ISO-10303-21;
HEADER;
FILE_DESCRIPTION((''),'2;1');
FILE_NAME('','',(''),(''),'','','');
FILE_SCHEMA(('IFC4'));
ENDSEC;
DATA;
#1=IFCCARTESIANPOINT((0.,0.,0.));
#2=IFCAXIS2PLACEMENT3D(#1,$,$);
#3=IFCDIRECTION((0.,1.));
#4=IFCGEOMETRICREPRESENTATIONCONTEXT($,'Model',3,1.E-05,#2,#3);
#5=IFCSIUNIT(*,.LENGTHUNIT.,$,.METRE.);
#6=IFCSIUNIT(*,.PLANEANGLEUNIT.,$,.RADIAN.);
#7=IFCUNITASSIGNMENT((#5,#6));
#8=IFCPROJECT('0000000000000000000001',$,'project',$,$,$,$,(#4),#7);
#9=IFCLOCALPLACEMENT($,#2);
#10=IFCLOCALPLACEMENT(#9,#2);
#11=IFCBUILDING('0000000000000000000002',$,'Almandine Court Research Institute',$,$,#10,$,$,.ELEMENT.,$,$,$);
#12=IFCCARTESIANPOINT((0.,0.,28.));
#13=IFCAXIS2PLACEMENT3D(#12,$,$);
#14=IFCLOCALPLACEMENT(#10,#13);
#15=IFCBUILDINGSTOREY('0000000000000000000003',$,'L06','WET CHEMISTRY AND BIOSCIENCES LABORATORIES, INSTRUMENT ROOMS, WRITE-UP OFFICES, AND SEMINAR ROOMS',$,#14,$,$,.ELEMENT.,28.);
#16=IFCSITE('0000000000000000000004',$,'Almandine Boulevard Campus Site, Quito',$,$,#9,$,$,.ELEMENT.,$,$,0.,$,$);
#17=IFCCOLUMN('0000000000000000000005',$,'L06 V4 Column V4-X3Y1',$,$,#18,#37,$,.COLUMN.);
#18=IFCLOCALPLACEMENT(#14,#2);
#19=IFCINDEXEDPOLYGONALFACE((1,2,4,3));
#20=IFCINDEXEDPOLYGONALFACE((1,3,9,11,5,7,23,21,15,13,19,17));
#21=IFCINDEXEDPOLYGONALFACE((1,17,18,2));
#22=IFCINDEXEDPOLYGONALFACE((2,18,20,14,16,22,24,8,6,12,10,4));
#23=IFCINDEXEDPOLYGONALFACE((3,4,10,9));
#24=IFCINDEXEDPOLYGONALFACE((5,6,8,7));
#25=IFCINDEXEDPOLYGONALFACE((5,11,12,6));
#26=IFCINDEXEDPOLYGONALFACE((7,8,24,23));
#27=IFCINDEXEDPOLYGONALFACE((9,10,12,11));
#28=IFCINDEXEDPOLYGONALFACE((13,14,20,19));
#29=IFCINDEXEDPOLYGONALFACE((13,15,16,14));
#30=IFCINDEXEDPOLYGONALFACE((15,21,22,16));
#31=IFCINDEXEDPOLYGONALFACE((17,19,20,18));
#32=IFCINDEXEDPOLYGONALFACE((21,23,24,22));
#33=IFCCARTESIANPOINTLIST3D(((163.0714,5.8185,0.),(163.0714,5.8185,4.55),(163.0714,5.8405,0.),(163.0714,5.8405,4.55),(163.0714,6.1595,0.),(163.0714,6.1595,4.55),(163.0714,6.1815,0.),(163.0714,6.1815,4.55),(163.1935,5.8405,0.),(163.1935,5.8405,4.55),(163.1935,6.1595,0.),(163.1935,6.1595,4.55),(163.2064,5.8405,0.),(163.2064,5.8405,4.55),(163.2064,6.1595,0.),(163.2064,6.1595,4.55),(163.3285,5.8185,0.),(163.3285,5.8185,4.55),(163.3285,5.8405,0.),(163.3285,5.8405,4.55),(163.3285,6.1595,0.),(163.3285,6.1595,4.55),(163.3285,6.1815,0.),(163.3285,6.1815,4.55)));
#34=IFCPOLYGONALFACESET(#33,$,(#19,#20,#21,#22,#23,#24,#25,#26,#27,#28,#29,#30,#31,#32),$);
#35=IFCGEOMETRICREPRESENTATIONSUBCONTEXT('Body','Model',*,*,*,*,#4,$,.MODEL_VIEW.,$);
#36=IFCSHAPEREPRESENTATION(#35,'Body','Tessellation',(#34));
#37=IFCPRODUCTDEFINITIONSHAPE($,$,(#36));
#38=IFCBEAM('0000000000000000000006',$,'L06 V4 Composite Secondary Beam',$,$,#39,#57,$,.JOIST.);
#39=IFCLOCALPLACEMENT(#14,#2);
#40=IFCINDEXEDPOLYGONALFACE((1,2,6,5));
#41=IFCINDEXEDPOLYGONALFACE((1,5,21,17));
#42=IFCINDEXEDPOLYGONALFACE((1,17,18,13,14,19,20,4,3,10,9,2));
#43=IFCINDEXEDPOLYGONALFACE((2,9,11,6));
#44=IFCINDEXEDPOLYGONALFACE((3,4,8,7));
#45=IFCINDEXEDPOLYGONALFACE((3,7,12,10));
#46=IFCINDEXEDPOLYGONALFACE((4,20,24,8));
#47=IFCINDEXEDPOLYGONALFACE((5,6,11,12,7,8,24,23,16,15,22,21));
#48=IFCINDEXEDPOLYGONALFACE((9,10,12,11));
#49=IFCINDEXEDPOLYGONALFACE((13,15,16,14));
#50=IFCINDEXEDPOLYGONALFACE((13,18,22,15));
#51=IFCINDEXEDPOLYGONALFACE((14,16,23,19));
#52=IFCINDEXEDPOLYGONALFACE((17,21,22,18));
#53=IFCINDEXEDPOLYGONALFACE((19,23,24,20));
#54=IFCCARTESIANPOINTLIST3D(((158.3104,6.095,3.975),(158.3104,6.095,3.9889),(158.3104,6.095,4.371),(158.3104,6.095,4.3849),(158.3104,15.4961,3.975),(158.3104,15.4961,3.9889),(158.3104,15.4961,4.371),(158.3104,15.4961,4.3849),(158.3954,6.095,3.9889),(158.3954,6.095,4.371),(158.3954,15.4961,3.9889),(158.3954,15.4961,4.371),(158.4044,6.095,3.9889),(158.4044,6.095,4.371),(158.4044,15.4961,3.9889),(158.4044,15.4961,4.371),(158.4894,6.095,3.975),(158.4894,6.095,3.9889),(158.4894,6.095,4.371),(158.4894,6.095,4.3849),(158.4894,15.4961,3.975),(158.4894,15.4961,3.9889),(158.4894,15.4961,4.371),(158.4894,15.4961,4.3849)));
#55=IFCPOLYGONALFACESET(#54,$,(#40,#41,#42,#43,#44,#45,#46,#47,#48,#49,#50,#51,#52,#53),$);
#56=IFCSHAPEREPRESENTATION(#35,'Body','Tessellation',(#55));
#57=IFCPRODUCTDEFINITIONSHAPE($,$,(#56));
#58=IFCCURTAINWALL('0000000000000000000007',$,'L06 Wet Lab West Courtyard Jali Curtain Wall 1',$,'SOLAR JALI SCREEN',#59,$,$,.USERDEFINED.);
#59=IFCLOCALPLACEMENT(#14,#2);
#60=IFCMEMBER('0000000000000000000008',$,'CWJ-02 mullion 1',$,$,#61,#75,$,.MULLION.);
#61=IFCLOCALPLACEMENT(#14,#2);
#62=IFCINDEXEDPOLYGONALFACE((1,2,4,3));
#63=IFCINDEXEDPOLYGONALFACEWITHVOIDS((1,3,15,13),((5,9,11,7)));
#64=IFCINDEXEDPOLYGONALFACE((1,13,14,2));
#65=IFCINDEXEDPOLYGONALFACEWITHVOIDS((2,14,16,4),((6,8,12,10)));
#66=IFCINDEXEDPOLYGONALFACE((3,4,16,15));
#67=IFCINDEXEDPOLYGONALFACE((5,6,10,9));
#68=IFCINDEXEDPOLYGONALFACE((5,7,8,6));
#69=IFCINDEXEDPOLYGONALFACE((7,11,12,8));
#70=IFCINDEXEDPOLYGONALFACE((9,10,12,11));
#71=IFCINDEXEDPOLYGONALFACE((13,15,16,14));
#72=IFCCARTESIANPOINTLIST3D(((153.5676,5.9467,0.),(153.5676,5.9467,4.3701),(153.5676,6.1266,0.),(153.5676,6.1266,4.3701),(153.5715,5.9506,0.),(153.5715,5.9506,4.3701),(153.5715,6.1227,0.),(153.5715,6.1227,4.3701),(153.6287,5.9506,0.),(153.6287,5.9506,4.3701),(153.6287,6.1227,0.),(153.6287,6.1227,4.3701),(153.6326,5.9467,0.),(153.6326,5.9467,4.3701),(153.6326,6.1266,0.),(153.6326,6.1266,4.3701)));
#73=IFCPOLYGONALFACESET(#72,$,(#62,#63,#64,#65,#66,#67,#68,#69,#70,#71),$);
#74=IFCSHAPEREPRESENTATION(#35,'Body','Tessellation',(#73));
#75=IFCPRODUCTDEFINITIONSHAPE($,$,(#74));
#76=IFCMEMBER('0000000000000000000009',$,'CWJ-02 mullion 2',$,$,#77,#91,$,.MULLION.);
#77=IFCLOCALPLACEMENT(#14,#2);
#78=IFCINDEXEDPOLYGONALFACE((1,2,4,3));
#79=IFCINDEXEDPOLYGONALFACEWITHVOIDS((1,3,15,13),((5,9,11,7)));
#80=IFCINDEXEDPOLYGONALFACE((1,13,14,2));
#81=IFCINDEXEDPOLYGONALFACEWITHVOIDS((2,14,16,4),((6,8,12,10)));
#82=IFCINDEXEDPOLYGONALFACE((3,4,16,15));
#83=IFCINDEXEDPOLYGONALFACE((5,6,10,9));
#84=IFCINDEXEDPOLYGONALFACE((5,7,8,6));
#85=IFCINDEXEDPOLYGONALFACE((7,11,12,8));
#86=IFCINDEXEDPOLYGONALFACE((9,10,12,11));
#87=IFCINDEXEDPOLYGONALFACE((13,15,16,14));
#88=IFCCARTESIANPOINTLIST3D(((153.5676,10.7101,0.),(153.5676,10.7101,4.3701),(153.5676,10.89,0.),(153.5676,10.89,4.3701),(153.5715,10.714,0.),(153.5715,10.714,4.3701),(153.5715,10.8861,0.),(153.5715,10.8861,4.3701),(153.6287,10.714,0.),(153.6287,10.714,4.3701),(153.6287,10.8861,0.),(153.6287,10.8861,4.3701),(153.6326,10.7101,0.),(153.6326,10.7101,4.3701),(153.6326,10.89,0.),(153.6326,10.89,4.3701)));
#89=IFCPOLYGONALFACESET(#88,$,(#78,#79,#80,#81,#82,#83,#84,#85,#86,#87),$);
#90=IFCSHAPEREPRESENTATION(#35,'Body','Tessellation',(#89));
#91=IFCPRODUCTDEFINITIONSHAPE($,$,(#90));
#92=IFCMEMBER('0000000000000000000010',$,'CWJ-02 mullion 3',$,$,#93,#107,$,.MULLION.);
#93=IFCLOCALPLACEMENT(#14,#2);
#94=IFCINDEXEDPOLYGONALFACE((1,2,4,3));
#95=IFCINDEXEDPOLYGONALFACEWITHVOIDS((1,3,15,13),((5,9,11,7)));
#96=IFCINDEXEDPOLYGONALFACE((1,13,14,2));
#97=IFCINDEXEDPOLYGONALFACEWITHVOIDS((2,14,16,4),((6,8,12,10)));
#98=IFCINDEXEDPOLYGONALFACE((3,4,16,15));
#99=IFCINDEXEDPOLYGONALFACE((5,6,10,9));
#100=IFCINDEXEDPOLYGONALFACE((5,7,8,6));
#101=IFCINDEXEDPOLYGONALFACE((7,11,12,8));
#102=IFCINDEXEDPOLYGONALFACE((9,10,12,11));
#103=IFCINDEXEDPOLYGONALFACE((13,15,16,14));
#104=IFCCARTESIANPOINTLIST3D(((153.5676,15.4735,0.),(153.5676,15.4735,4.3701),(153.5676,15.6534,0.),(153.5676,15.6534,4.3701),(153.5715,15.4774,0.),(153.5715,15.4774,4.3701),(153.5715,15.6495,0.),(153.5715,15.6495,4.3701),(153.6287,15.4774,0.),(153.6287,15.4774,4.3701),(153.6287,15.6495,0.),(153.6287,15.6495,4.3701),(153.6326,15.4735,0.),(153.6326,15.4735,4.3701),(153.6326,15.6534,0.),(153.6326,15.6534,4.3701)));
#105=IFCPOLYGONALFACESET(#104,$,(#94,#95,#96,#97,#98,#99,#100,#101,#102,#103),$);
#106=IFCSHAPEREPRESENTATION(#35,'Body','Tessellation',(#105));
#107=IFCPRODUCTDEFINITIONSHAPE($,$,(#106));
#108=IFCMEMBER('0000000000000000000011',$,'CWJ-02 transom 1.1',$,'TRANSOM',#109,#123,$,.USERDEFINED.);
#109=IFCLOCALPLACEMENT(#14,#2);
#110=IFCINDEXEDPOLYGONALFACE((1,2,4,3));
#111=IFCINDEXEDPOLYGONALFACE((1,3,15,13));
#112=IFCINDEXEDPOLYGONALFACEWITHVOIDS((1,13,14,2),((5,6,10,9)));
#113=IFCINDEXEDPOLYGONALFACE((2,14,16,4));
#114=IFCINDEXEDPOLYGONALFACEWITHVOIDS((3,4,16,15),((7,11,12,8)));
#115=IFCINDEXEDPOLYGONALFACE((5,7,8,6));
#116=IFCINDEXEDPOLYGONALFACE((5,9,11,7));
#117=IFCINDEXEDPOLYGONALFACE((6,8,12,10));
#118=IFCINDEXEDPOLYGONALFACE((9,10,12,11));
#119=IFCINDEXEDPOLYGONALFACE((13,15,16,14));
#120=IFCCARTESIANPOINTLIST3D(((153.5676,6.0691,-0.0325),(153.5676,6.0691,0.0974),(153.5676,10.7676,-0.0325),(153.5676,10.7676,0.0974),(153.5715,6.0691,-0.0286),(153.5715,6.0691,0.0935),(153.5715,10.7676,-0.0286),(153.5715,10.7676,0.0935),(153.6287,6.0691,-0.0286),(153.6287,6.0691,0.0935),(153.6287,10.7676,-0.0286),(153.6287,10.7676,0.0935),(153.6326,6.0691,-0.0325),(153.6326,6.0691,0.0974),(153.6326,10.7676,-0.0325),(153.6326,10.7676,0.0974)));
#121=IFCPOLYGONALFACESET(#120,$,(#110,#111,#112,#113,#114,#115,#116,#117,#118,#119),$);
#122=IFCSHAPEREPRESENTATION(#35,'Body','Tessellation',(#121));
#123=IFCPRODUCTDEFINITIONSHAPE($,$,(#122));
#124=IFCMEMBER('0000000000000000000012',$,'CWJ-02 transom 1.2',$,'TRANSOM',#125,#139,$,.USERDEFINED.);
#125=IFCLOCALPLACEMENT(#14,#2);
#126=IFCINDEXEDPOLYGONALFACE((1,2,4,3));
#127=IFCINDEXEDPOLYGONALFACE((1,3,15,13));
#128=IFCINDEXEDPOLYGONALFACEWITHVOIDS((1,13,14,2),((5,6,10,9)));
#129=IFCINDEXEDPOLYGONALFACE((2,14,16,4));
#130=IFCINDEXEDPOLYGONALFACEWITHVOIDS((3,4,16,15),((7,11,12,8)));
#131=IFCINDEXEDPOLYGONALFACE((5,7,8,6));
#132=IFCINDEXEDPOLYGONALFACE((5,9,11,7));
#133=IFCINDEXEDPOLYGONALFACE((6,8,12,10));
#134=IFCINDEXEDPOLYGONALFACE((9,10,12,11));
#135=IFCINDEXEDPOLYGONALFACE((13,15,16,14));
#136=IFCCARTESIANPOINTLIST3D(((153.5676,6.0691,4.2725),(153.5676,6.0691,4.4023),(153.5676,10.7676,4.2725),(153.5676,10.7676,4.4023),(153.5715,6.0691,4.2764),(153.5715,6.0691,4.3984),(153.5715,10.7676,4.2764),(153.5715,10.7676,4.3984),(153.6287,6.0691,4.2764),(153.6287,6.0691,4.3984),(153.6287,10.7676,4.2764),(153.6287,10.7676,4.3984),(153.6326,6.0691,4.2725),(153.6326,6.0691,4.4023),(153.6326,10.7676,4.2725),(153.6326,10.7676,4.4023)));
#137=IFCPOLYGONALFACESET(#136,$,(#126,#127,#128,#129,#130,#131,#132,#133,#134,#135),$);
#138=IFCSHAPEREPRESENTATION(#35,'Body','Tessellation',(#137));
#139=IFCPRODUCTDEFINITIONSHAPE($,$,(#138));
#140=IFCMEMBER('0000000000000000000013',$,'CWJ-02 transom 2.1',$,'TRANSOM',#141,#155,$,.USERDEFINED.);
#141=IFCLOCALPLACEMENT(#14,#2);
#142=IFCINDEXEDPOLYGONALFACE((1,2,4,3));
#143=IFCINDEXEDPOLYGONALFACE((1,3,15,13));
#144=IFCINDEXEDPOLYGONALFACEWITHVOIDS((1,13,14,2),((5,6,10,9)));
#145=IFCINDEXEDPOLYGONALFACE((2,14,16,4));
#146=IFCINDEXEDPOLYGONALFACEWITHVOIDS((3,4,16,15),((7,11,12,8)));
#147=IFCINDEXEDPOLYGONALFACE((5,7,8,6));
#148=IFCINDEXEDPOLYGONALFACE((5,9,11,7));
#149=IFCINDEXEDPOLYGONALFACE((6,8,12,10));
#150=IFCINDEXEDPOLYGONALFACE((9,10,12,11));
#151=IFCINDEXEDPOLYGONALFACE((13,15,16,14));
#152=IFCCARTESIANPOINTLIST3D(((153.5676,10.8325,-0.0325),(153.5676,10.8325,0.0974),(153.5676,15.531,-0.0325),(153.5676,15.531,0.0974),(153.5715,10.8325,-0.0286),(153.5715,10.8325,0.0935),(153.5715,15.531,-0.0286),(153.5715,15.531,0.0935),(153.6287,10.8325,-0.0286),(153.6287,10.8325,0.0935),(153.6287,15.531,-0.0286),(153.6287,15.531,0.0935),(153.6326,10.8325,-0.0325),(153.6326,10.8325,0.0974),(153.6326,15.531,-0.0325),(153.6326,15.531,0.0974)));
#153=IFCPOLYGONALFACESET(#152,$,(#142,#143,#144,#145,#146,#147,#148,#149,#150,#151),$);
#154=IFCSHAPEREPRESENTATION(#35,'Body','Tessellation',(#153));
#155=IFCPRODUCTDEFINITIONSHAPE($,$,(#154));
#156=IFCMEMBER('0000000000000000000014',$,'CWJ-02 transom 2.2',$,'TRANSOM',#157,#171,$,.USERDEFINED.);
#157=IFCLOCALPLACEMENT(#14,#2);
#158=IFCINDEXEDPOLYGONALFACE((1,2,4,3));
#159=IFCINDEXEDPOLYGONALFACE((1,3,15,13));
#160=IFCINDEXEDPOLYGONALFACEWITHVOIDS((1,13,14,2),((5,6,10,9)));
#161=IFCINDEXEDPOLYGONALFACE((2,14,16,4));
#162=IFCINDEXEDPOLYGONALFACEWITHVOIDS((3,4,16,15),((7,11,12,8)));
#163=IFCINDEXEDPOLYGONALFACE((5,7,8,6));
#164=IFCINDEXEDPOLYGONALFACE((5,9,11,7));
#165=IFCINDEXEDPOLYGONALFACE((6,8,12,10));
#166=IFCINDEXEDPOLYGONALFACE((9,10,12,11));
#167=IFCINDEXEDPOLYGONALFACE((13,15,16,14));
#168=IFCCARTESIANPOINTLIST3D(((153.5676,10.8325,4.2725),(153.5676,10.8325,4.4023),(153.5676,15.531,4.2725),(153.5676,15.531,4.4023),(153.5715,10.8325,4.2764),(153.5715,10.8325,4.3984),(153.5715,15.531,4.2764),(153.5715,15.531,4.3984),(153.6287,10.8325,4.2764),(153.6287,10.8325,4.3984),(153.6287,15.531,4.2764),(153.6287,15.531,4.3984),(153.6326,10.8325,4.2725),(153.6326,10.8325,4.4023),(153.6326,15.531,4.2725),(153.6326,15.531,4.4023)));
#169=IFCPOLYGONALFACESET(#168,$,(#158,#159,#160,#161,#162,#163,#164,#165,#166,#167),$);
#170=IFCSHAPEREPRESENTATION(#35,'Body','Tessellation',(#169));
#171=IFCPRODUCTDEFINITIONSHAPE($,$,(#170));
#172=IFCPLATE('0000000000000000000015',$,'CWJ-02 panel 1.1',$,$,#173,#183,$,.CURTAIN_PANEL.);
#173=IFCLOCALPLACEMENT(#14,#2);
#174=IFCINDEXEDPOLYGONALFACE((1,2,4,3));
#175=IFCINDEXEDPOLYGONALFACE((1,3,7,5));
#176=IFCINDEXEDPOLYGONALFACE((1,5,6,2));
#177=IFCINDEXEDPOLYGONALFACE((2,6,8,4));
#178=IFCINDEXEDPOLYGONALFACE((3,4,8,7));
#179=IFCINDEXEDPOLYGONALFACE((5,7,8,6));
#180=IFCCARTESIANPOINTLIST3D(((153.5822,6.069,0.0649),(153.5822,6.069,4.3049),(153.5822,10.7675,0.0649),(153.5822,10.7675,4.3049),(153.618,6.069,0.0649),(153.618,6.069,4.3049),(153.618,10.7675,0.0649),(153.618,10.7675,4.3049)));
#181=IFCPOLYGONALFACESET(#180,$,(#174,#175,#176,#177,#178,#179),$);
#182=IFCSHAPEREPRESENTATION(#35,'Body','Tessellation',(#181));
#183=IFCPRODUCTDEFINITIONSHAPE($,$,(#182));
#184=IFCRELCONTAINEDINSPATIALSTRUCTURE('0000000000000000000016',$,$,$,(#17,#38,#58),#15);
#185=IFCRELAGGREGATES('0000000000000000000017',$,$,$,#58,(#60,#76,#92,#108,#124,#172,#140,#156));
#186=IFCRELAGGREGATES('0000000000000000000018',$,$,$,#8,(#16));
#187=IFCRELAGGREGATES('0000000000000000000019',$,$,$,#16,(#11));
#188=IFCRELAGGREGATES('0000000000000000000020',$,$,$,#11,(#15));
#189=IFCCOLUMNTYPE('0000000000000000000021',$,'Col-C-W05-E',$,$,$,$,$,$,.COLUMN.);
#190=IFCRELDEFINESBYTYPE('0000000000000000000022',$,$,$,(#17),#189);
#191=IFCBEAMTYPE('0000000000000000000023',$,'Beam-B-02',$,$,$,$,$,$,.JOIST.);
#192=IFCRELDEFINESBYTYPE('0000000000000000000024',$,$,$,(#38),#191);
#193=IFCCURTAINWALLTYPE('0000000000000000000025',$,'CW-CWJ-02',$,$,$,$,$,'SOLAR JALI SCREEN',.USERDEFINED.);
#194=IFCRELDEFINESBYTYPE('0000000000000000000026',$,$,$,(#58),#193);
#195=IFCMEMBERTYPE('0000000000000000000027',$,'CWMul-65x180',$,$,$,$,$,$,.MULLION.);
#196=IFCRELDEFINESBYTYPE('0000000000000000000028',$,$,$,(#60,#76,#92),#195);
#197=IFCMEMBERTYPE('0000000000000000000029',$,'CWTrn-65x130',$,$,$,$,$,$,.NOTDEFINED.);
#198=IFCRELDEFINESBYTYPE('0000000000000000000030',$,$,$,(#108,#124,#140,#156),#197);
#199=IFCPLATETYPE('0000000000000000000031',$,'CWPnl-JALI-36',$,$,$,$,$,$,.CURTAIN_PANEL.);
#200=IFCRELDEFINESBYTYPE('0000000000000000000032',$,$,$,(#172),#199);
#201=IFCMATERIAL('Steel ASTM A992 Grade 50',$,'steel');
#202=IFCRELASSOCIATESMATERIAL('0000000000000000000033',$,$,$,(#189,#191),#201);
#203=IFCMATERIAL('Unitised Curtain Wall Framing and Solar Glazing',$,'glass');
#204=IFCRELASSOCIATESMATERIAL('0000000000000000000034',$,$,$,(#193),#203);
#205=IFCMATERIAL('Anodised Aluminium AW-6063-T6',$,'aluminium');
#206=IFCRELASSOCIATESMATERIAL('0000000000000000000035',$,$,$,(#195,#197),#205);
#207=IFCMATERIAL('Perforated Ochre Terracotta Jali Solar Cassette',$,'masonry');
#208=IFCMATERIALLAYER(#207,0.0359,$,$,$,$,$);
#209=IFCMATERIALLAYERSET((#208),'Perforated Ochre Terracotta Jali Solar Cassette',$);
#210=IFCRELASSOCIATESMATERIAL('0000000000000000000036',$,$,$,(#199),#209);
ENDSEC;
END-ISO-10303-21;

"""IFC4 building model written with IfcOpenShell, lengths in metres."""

from ifc_helpers import new_model, si_unit, direction, frame, origin, origin_2d, place, context, subcontext, project, spatial, rectangle, hollow_rectangle, i_section, extrude, material, layer, layer_set, material_profile, profile_set, type_object, element, aggregate, save


model = new_model("IFC4")

# Units and contexts
model_context = context("Model", 3, precision=1e-05, world=origin(), true_north=direction((0.0, 1.0)))
body_context = subcontext(model_context, "Body", "Model", "MODEL_VIEW")
ifc_project = project(units=[si_unit("LENGTHUNIT", "METRE"), si_unit("PLANEANGLEUNIT", "RADIAN")], contexts=[model_context])

# Site, building, storey
site_placement = place(None, origin())
site = spatial("IfcSite", under=ifc_project, at=site_placement, Name="Almandine Boulevard Campus Site, Quito", CompositionType="ELEMENT", RefElevation=0.0)
building_placement = place(site_placement, origin())
building = spatial("IfcBuilding", under=site, at=building_placement, Name="Almandine Court Research Institute", CompositionType="ELEMENT")
storey_placement = place(building_placement, frame((0.0, 0.0, 28.0)))
storey = spatial("IfcBuildingStorey", under=building, at=storey_placement, Name="L06", Description="WET CHEMISTRY AND BIOSCIENCES LABORATORIES, INSTRUMENT ROOMS, WRITE-UP OFFICES, AND SEMINAR ROOMS", CompositionType="ELEMENT", Elevation=28.0)

# Column
ifc_material_1 = material(Name="Steel ASTM A992 Grade 50", Category="steel")
ifc_material_profile_1 = material_profile(ifc_material_1, i_section(OverallWidth=0.2571, OverallDepth=0.363, WebThickness=0.0129, FlangeThickness=0.022, at=origin_2d()), Name="W360x122")
ifc_profile_set_1 = profile_set([ifc_material_profile_1], Name="Steel ASTM A992 Grade 50")
column_type = type_object("IfcColumnType", Name="Col-C-W05-E", PredefinedType="COLUMN", material=ifc_profile_set_1)
column_placement = place(storey_placement, frame((163.2, 6.0, 0.0), z_axis=(0.0, 0.0, 1.0), x_axis=(1.0, 0.0, 0.0)))
element("IfcColumn", 1, at=column_placement, inside=storey, type_object=column_type, Name="L06 V4 Column V4-X3Y1", PredefinedType="COLUMN", context=body_context, shape_type="SweptSolid", body=[
    extrude(i_section(OverallWidth=0.2571, OverallDepth=0.363, WebThickness=0.0129, FlangeThickness=0.022, at=origin_2d()), origin(), (0.0, 0.0, 1.0), 4.55),
])

# Beam
ifc_material_profile_2 = material_profile(ifc_material_1, i_section(OverallWidth=0.179, OverallDepth=0.4099, WebThickness=0.009, FlangeThickness=0.0139, at=origin_2d()), Name="W410x67")
ifc_profile_set_2 = profile_set([ifc_material_profile_2], Name="Steel ASTM A992 Grade 50")
beam_type = type_object("IfcBeamType", Name="Beam-B-02", PredefinedType="JOIST", material=ifc_profile_set_2)
beam_placement = place(storey_placement, frame((158.3999, 6.095, 4.1799), z_axis=(0.0, 1.0, 0.0), x_axis=(-1.0, 0.0, 0.0)))
element("IfcBeam", 2, at=beam_placement, inside=storey, type_object=beam_type, Name="L06 V4 Composite Secondary Beam", PredefinedType="JOIST", context=body_context, shape_type="SweptSolid", body=[
    extrude(i_section(OverallWidth=0.179, OverallDepth=0.4099, WebThickness=0.009, FlangeThickness=0.0139, at=origin_2d()), origin(), (0.0, 0.0, 1.0), 9.4011),
])

# Curtain wall, members, plate
ifc_material_2 = material(Name="Unitised Curtain Wall Framing and Solar Glazing", Category="glass")
curtain_wall_type = type_object("IfcCurtainWallType", Name="CW-CWJ-02", ElementType="SOLAR JALI SCREEN", PredefinedType="USERDEFINED", material=ifc_material_2)
curtain_wall_placement = place(storey_placement, origin())
curtain_wall = element("IfcCurtainWall", 3, at=curtain_wall_placement, inside=storey, type_object=curtain_wall_type, Name="L06 Wet Lab West Courtyard Jali Curtain Wall 1", ObjectType="SOLAR JALI SCREEN", PredefinedType="USERDEFINED")
ifc_material_3 = material(Name="Anodised Aluminium AW-6063-T6", Category="aluminium")
ifc_material_profile_3 = material_profile(ifc_material_3, hollow_rectangle(XDim=0.0649, YDim=0.1799, WallThickness=0.0039, at=origin_2d()), Name="ALU RHS 65x180x4")
ifc_profile_set_3 = profile_set([ifc_material_profile_3], Name="Anodised Aluminium AW-6063-T6")
member_type_1 = type_object("IfcMemberType", Name="CWMul-65x180", PredefinedType="MULLION", material=ifc_profile_set_3)
member_1_placement = place(storey_placement, frame((153.6001, 6.0366, 0.0), z_axis=(0.0, 0.0, 1.0), x_axis=(-1.0, 0.0, 0.0)))
member_1 = element("IfcMember", 4, at=member_1_placement, type_object=member_type_1, Name="CWJ-02 mullion 1", PredefinedType="MULLION", context=body_context, shape_type="SweptSolid", body=[
    extrude(hollow_rectangle(XDim=0.0649, YDim=0.1799, WallThickness=0.0039, at=origin_2d()), origin(), (0.0, 0.0, 1.0), 4.3701),
])
member_2_placement = place(storey_placement, frame((153.6001, 10.8, 0.0), z_axis=(0.0, 0.0, 1.0), x_axis=(-1.0, 0.0, 0.0)))
member_2 = element("IfcMember", 5, at=member_2_placement, type_object=member_type_1, Name="CWJ-02 mullion 2", PredefinedType="MULLION", context=body_context, shape_type="SweptSolid", body=[
    extrude(hollow_rectangle(XDim=0.0649, YDim=0.1799, WallThickness=0.0039, at=origin_2d()), origin(), (0.0, 0.0, 1.0), 4.3701),
])
member_3_placement = place(storey_placement, frame((153.6001, 15.5635, 0.0), z_axis=(0.0, 0.0, 1.0), x_axis=(-1.0, 0.0, 0.0)))
member_3 = element("IfcMember", 6, at=member_3_placement, type_object=member_type_1, Name="CWJ-02 mullion 3", PredefinedType="MULLION", context=body_context, shape_type="SweptSolid", body=[
    extrude(hollow_rectangle(XDim=0.0649, YDim=0.1799, WallThickness=0.0039, at=origin_2d()), origin(), (0.0, 0.0, 1.0), 4.3701),
])
ifc_material_profile_4 = material_profile(ifc_material_3, hollow_rectangle(XDim=0.0649, YDim=0.1299, WallThickness=0.0039, at=origin_2d()), Name="ALU RHS 65x130x4")
ifc_profile_set_4 = profile_set([ifc_material_profile_4], Name="Anodised Aluminium AW-6063-T6")
member_type_2 = type_object("IfcMemberType", Name="CWTrn-65x130", PredefinedType="NOTDEFINED", material=ifc_profile_set_4)
member_4_placement = place(storey_placement, frame((153.6001, 6.0691, 0.0325), z_axis=(0.0, 1.0, 0.0), x_axis=(-1.0, 0.0, 0.0)))
member_4 = element("IfcMember", 7, at=member_4_placement, type_object=member_type_2, Name="CWJ-02 transom 1.1", ObjectType="TRANSOM", PredefinedType="USERDEFINED", context=body_context, shape_type="SweptSolid", body=[
    extrude(hollow_rectangle(XDim=0.0649, YDim=0.1299, WallThickness=0.0039, at=origin_2d()), origin(), (0.0, 0.0, 1.0), 4.6985),
])
member_5_placement = place(storey_placement, frame((153.6001, 6.0691, 4.3374), z_axis=(0.0, 1.0, 0.0), x_axis=(-1.0, 0.0, 0.0)))
member_5 = element("IfcMember", 8, at=member_5_placement, type_object=member_type_2, Name="CWJ-02 transom 1.2", ObjectType="TRANSOM", PredefinedType="USERDEFINED", context=body_context, shape_type="SweptSolid", body=[
    extrude(hollow_rectangle(XDim=0.0649, YDim=0.1299, WallThickness=0.0039, at=origin_2d()), origin(), (0.0, 0.0, 1.0), 4.6985),
])
member_6_placement = place(storey_placement, frame((153.6001, 10.8325, 0.0325), z_axis=(0.0, 1.0, 0.0), x_axis=(-1.0, 0.0, 0.0)))
member_6 = element("IfcMember", 9, at=member_6_placement, type_object=member_type_2, Name="CWJ-02 transom 2.1", ObjectType="TRANSOM", PredefinedType="USERDEFINED", context=body_context, shape_type="SweptSolid", body=[
    extrude(hollow_rectangle(XDim=0.0649, YDim=0.1299, WallThickness=0.0039, at=origin_2d()), origin(), (0.0, 0.0, 1.0), 4.6985),
])
member_7_placement = place(storey_placement, frame((153.6001, 10.8325, 4.3374), z_axis=(0.0, 1.0, 0.0), x_axis=(-1.0, 0.0, 0.0)))
member_7 = element("IfcMember", 10, at=member_7_placement, type_object=member_type_2, Name="CWJ-02 transom 2.2", ObjectType="TRANSOM", PredefinedType="USERDEFINED", context=body_context, shape_type="SweptSolid", body=[
    extrude(hollow_rectangle(XDim=0.0649, YDim=0.1299, WallThickness=0.0039, at=origin_2d()), origin(), (0.0, 0.0, 1.0), 4.6985),
])
ifc_material_4 = material(Name="Perforated Ochre Terracotta Jali Solar Cassette", Category="masonry")
ifc_layer_1 = layer(ifc_material_4, 0.0359)
ifc_layer_set_1 = layer_set([ifc_layer_1], Name="Perforated Ochre Terracotta Jali Solar Cassette")
plate_type = type_object("IfcPlateType", Name="CWPnl-JALI-36", PredefinedType="CURTAIN_PANEL", material=ifc_layer_set_1)
plate_1_placement = place(storey_placement, frame((153.6001, 8.4182, 0.0649), z_axis=(0.0, 0.0, 1.0), x_axis=(0.0, 1.0, 0.0)))
plate_1 = element("IfcPlate", 11, at=plate_1_placement, type_object=plate_type, Name="CWJ-02 panel 1.1", PredefinedType="CURTAIN_PANEL", context=body_context, shape_type="SweptSolid", body=[
    extrude(rectangle(XDim=4.6985, YDim=0.0359, at=origin_2d()), origin(), (0.0, 0.0, 1.0), 4.24),
])
aggregate(curtain_wall, [member_1, member_2, member_3, member_4, member_5, plate_1, member_6, member_7])

save(model, "model.ifc")
